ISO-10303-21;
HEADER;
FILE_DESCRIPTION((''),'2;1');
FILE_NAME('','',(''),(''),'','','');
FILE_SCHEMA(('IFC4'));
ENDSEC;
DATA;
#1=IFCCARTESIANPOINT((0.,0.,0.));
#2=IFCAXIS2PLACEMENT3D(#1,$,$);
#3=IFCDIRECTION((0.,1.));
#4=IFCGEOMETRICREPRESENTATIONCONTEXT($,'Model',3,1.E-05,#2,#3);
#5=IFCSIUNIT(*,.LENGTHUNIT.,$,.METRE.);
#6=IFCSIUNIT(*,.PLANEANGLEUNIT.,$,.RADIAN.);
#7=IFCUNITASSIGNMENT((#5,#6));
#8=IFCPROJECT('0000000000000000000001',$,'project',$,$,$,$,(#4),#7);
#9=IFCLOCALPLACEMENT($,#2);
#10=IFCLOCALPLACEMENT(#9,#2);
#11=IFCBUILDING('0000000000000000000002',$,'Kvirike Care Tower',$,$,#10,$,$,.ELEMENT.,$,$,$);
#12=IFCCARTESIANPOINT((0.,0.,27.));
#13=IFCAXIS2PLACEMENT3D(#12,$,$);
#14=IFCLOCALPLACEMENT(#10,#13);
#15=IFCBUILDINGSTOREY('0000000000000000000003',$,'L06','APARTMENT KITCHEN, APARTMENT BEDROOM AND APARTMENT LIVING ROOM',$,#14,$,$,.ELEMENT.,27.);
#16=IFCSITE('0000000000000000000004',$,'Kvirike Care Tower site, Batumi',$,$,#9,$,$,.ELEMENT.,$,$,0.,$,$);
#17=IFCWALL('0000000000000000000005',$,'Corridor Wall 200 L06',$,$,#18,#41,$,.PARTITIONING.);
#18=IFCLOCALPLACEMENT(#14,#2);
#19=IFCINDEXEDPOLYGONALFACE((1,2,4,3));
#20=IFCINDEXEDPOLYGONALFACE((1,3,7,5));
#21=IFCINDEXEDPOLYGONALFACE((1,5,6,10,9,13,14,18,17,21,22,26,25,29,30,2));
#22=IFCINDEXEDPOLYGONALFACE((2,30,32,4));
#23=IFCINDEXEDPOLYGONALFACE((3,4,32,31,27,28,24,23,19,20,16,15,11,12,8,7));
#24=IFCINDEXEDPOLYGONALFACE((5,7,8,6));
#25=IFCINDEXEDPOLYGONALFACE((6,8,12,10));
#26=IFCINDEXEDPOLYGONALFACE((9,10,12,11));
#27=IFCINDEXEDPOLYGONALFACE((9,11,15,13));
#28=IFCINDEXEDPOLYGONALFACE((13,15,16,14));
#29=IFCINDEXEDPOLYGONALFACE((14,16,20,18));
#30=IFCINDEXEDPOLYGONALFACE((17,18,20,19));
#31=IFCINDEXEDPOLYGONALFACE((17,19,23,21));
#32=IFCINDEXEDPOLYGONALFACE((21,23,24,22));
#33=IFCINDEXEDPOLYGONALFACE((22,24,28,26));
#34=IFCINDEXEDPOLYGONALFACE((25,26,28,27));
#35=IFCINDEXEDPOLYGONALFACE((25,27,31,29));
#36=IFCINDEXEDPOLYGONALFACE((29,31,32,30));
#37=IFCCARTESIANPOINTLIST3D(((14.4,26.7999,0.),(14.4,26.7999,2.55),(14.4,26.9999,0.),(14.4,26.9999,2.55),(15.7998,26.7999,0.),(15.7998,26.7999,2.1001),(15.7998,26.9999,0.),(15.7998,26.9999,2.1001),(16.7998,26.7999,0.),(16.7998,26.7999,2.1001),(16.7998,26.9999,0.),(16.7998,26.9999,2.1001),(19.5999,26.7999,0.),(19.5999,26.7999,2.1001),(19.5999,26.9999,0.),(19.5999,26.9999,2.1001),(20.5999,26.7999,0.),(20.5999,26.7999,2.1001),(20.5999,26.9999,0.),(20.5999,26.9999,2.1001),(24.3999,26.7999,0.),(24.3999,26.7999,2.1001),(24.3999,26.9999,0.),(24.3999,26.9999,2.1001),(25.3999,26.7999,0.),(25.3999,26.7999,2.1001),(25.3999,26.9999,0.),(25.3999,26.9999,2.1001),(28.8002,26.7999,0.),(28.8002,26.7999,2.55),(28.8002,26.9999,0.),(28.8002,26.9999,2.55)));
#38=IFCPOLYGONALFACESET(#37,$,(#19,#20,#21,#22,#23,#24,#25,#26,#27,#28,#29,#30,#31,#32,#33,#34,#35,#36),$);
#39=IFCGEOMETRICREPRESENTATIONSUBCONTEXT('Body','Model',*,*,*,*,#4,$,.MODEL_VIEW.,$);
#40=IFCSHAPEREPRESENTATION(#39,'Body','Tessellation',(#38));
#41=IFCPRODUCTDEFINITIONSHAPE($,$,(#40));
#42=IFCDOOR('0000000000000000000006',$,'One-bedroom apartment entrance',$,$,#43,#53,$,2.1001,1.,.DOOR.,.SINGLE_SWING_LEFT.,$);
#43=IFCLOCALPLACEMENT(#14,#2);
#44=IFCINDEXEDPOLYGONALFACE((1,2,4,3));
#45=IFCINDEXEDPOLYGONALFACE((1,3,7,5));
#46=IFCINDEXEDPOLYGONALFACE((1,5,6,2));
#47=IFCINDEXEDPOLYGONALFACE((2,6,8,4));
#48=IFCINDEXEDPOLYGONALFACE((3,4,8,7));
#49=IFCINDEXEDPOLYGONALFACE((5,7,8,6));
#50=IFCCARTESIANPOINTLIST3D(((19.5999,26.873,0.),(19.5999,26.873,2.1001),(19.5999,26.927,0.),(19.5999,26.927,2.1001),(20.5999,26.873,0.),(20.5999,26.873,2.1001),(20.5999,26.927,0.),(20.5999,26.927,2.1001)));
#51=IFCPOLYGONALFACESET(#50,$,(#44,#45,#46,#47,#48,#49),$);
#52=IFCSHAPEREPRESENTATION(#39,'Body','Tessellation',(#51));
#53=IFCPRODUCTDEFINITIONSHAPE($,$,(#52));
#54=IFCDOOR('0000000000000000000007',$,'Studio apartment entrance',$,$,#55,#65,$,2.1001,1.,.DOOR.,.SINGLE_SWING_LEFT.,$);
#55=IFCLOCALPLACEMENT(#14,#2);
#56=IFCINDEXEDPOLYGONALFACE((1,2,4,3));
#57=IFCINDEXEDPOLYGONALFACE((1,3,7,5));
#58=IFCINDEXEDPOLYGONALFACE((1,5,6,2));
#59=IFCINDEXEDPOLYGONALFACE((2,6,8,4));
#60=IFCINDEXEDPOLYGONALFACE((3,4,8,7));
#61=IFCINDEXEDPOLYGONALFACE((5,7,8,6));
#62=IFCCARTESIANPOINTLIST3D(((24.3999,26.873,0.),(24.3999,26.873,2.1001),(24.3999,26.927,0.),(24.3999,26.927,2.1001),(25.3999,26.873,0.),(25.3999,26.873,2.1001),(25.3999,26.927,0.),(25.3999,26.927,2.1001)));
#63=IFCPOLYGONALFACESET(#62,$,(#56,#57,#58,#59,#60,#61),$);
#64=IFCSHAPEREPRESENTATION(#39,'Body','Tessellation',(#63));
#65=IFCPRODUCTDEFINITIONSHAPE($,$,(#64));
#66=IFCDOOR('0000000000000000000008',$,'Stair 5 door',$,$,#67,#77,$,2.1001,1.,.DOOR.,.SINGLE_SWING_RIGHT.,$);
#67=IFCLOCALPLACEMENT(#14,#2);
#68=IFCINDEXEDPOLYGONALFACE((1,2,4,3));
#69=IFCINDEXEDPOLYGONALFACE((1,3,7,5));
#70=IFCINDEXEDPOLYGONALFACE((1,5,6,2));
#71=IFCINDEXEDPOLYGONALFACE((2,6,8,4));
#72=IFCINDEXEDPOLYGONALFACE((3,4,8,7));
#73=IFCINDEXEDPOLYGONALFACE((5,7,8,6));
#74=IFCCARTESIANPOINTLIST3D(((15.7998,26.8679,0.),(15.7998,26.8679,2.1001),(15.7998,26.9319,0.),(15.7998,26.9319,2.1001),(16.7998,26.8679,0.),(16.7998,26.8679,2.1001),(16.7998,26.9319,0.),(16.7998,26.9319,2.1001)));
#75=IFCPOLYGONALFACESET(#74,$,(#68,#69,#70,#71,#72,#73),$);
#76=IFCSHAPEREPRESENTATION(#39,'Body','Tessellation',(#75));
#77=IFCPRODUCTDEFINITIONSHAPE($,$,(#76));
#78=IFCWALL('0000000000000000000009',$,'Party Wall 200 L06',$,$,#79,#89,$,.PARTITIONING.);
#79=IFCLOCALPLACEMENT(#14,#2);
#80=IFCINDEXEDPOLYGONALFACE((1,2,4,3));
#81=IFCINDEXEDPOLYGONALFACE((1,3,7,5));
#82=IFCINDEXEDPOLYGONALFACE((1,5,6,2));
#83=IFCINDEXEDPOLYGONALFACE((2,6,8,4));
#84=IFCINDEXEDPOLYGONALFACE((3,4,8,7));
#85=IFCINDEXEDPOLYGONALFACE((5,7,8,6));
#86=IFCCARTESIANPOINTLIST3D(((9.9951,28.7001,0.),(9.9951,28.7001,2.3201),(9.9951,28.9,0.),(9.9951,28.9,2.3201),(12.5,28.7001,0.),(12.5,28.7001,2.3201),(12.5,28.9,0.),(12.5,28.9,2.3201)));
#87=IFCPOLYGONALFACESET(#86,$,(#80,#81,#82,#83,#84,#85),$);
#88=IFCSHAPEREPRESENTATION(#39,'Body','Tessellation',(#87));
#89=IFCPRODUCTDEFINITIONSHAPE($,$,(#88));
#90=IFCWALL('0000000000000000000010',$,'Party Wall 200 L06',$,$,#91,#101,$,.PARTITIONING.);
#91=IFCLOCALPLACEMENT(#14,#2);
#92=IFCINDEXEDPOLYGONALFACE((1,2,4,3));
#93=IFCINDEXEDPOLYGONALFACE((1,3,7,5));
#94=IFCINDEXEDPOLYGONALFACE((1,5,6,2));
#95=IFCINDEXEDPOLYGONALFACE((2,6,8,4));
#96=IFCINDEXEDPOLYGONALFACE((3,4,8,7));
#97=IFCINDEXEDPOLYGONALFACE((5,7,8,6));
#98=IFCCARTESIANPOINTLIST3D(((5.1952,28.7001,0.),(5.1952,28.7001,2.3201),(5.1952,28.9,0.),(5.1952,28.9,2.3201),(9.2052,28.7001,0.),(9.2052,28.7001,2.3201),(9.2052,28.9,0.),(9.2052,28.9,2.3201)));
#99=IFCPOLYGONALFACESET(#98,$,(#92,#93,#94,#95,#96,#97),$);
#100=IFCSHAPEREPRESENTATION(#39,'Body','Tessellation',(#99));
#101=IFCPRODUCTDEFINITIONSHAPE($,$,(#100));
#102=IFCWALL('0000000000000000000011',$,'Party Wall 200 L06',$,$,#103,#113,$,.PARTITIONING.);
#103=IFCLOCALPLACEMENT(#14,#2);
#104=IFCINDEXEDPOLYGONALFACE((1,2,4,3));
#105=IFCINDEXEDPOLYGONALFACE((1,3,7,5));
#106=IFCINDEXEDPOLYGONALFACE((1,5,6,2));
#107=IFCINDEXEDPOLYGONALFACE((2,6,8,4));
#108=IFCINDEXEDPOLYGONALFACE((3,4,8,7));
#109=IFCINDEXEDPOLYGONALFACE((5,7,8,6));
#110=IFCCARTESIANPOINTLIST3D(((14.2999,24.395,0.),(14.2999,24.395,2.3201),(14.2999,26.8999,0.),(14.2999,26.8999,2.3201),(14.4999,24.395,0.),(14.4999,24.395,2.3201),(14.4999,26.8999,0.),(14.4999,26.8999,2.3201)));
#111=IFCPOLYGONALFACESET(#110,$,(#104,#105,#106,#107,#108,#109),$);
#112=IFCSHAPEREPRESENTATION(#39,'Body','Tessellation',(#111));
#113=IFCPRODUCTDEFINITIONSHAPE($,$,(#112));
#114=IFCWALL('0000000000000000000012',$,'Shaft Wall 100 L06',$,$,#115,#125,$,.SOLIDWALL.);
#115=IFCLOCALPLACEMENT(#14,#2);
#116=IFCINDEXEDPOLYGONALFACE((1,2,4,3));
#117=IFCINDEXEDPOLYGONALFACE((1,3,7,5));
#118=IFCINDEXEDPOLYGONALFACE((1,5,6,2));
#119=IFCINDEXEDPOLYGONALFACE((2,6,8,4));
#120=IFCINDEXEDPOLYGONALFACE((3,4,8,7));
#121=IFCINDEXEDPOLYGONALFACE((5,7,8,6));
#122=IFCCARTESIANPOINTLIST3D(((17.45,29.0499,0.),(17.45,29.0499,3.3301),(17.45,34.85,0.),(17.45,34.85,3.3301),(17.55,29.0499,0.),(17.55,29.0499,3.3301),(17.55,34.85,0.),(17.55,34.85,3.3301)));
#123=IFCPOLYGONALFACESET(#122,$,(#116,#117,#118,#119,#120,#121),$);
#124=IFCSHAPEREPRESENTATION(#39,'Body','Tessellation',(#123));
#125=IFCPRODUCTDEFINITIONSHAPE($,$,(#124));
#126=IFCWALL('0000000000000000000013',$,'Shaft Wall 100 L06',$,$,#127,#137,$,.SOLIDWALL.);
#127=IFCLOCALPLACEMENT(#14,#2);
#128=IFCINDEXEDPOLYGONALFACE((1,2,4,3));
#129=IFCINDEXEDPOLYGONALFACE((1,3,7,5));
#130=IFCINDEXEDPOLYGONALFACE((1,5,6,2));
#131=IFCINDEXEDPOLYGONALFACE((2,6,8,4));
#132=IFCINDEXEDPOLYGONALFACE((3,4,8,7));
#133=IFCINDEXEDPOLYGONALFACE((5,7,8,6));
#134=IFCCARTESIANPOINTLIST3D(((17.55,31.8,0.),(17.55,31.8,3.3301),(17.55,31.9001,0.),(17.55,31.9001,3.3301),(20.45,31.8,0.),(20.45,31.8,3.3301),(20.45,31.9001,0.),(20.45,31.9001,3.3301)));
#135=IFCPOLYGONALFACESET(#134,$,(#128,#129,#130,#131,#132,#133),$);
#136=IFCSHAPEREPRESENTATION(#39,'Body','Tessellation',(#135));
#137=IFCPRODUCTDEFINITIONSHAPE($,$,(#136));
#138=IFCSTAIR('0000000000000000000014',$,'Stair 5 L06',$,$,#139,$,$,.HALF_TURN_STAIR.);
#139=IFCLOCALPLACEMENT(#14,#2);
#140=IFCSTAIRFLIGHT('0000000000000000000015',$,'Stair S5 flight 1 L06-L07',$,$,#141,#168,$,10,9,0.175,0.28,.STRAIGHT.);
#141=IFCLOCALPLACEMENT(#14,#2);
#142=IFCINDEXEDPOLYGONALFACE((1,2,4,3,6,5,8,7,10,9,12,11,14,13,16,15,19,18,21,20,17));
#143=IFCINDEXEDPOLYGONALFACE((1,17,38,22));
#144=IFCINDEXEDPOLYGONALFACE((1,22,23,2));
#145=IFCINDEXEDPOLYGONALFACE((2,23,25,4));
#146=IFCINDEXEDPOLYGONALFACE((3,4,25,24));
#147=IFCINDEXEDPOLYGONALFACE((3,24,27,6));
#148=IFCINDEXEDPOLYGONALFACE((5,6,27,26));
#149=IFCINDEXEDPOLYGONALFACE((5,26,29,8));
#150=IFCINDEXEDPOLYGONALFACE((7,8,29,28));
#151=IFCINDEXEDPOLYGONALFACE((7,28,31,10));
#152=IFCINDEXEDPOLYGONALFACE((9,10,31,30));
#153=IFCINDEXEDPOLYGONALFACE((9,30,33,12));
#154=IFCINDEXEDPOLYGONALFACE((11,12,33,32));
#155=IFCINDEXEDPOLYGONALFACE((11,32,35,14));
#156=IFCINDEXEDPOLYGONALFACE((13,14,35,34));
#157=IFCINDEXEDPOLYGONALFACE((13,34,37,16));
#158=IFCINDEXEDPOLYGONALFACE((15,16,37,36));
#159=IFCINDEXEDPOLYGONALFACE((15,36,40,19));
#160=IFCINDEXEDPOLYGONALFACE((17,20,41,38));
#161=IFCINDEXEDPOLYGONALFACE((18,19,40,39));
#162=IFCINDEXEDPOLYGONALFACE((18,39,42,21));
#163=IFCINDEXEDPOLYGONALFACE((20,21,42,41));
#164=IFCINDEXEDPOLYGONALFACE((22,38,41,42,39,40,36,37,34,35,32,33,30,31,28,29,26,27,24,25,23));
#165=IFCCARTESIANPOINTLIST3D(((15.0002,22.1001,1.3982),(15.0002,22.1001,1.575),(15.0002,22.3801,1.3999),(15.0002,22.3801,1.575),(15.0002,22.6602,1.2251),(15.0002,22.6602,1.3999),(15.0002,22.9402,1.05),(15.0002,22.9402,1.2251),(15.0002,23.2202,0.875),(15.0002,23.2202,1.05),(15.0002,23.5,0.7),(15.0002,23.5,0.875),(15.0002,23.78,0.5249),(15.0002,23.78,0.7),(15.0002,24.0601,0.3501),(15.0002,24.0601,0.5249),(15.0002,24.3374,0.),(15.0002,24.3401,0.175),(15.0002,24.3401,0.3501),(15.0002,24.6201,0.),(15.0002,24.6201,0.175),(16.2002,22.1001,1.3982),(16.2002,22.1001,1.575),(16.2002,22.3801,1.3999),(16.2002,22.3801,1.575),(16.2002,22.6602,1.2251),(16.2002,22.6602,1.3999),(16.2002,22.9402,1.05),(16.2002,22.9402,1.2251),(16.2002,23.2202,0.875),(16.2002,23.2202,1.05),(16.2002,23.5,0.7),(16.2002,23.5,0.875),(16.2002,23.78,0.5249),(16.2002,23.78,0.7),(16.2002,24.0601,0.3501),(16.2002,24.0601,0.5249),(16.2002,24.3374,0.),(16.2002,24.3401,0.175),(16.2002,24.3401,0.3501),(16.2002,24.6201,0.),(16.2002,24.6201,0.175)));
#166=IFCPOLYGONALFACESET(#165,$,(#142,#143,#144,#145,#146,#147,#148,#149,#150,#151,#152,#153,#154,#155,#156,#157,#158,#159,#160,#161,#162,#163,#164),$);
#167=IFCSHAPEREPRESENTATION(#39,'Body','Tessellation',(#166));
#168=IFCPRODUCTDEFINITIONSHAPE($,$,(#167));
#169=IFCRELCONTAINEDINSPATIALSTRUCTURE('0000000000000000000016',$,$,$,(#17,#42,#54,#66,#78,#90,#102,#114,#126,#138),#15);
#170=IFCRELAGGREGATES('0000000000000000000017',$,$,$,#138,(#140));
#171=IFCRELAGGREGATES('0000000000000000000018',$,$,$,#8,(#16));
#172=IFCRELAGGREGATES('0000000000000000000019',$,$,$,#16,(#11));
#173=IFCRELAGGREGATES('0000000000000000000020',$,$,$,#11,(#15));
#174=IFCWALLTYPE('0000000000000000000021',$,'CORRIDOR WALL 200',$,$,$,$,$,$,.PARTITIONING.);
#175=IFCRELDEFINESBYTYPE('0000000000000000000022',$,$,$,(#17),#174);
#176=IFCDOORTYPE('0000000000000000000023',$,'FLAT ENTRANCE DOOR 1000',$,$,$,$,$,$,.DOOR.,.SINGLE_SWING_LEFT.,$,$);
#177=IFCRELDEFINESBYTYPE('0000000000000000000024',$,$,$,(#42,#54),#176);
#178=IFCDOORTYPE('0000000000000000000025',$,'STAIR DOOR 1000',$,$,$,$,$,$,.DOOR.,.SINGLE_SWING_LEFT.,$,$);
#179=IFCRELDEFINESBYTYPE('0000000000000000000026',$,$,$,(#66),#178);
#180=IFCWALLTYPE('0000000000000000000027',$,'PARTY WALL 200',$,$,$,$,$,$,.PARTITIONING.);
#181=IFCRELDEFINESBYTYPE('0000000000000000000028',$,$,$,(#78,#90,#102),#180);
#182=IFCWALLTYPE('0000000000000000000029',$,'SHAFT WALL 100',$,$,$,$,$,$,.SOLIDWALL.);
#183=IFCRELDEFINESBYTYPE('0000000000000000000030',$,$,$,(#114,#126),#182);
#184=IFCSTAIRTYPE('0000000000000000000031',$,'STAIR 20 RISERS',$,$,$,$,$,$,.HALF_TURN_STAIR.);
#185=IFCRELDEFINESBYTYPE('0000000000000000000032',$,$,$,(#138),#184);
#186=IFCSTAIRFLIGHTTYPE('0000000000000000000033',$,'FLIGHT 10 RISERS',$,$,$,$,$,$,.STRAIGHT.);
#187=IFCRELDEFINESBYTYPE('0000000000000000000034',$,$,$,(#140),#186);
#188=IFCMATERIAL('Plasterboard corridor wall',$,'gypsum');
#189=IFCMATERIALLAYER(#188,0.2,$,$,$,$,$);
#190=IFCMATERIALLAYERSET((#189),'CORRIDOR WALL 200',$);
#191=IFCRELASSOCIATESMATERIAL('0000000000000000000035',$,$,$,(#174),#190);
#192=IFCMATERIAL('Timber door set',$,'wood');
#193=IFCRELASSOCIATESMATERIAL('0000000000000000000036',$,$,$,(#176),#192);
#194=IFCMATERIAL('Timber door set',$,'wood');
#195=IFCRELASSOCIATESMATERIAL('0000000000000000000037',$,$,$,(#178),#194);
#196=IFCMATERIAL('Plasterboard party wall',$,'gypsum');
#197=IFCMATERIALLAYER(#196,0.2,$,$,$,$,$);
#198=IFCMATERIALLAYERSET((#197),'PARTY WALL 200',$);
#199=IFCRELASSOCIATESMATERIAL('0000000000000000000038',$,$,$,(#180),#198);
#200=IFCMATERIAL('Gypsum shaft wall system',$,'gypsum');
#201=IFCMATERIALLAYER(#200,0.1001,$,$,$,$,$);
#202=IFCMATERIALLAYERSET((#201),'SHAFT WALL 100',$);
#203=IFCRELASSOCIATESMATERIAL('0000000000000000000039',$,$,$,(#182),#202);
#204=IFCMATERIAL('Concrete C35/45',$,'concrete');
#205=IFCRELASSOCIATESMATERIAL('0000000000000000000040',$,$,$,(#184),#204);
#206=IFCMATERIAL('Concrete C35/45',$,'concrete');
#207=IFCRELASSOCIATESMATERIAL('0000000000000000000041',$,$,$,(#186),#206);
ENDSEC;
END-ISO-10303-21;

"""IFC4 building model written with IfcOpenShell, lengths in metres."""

from ifc_helpers import new_model, si_unit, direction, frame, frame_2d, origin, place, context, subcontext, project, spatial, polyline, rectangle, outline, extrude, material, layer, layer_set, type_object, element, fill, aggregate, save


model = new_model("IFC4")

# Units and contexts
model_context = context("Model", 3, precision=1e-05, world=origin(), true_north=direction((0.0, 1.0)))
body_context = subcontext(model_context, "Body", "Model", "MODEL_VIEW")
ifc_project = project(units=[si_unit("LENGTHUNIT", "METRE"), si_unit("PLANEANGLEUNIT", "RADIAN")], contexts=[model_context])

# Site, building, storey
site_placement = place(None, origin())
site = spatial("IfcSite", under=ifc_project, at=site_placement, Name="Kvirike Care Tower site, Batumi", CompositionType="ELEMENT", RefElevation=0.0)
building_placement = place(site_placement, origin())
building = spatial("IfcBuilding", under=site, at=building_placement, Name="Kvirike Care Tower", CompositionType="ELEMENT")
storey_placement = place(building_placement, frame((0.0, 0.0, 27.0)))
storey = spatial("IfcBuildingStorey", under=building, at=storey_placement, Name="L06", Description="APARTMENT KITCHEN, APARTMENT BEDROOM AND APARTMENT LIVING ROOM", CompositionType="ELEMENT", Elevation=27.0)

# Wall, openings, doors
ifc_material_1 = material(Name="Plasterboard corridor wall", Category="gypsum")
ifc_layer_1 = layer(ifc_material_1, 0.2)
ifc_layer_set_1 = layer_set([ifc_layer_1], Name="CORRIDOR WALL 200")
wall_type_1 = type_object("IfcWallType", Name="CORRIDOR WALL 200", PredefinedType="PARTITIONING", material=ifc_layer_set_1)
wall_1_placement = place(storey_placement, frame((14.3999, 26.8999, 0.0), z_axis=(0.0, 0.0, 1.0), x_axis=(1.0, 0.0, 0.0)))
wall_1 = element("IfcWall", 1, at=wall_1_placement, inside=storey, type_object=wall_type_1, Name="Corridor Wall 200 L06", PredefinedType="PARTITIONING", context=body_context, shape_type="SweptSolid", body=[
    extrude(rectangle(XDim=14.4001, YDim=0.2, at=frame_2d((7.2002, 0.0))), origin(), (0.0, 0.0, 1.0), 2.55),
])
opening_1_placement = place(wall_1_placement, frame((1.3999, 0.0, 0.0)))
opening_1 = element("IfcOpeningElement", 2, at=opening_1_placement, cuts=wall_1, PredefinedType="OPENING", context=body_context, shape_type="SweptSolid", body=[
    extrude(rectangle(XDim=1.0, YDim=2.1001, at=frame_2d((0.5, 1.05))), frame((0.0, 0.1106, 0.0), z_axis=(0.0, -1.0, 0.0), x_axis=(1.0, 0.0, 0.0)), (0.0, 0.0, 1.0), 0.2209),
])
opening_2_placement = place(wall_1_placement, frame((5.2, 0.0, 0.0)))
opening_2 = element("IfcOpeningElement", 3, at=opening_2_placement, cuts=wall_1, PredefinedType="OPENING", context=body_context, shape_type="SweptSolid", body=[
    extrude(rectangle(XDim=1.0, YDim=2.1001, at=frame_2d((0.5, 1.05))), frame((0.0, 0.1106, 0.0), z_axis=(0.0, -1.0, 0.0), x_axis=(1.0, 0.0, 0.0)), (0.0, 0.0, 1.0), 0.2209),
])
opening_3_placement = place(wall_1_placement, frame((10.0, 0.0, 0.0)))
opening_3 = element("IfcOpeningElement", 4, at=opening_3_placement, cuts=wall_1, PredefinedType="OPENING", context=body_context, shape_type="SweptSolid", body=[
    extrude(rectangle(XDim=1.0, YDim=2.1001, at=frame_2d((0.5, 1.05))), frame((0.0, 0.1106, 0.0), z_axis=(0.0, -1.0, 0.0), x_axis=(1.0, 0.0, 0.0)), (0.0, 0.0, 1.0), 0.2209),
])
ifc_material_2 = material(Name="Timber door set", Category="wood")
door_type_1 = type_object("IfcDoorType", Name="FLAT ENTRANCE DOOR 1000", OperationType="SINGLE_SWING_LEFT", PredefinedType="DOOR", material=ifc_material_2)
door_1_placement = place(opening_2_placement, frame((1.0, 0.0, 0.0), z_axis=(0.0, 0.0, 1.0), x_axis=(-1.0, 0.0, 0.0)))
door_1 = element("IfcDoor", 5, at=door_1_placement, inside=storey, type_object=door_type_1, Name="One-bedroom apartment entrance", OperationType="SINGLE_SWING_LEFT", OverallHeight=2.1001, OverallWidth=1.0, PredefinedType="DOOR", context=body_context, shape_type="SweptSolid", body=[
    extrude(rectangle(XDim=1.0, YDim=2.1001, at=frame_2d((0.5, 1.05))), frame((0.0, 0.0269, 0.0), z_axis=(0.0, -1.0, 0.0), x_axis=(1.0, 0.0, 0.0)), (0.0, 0.0, 1.0), 0.054),
])
fill(opening_2, door_1)
door_2_placement = place(opening_3_placement, frame((1.0, 0.0, 0.0), z_axis=(0.0, 0.0, 1.0), x_axis=(-1.0, 0.0, 0.0)))
door_2 = element("IfcDoor", 6, at=door_2_placement, inside=storey, type_object=door_type_1, Name="Studio apartment entrance", OperationType="SINGLE_SWING_LEFT", OverallHeight=2.1001, OverallWidth=1.0, PredefinedType="DOOR", context=body_context, shape_type="SweptSolid", body=[
    extrude(rectangle(XDim=1.0, YDim=2.1001, at=frame_2d((0.5, 1.05))), frame((0.0, 0.0269, 0.0), z_axis=(0.0, -1.0, 0.0), x_axis=(1.0, 0.0, 0.0)), (0.0, 0.0, 1.0), 0.054),
])
fill(opening_3, door_2)
ifc_material_3 = material(Name="Timber door set", Category="wood")
door_type_2 = type_object("IfcDoorType", Name="STAIR DOOR 1000", OperationType="SINGLE_SWING_LEFT", PredefinedType="DOOR", material=ifc_material_3)
door_3_placement = place(opening_1_placement, frame((1.0, 0.0, 0.0), z_axis=(0.0, 0.0, 1.0), x_axis=(-1.0, 0.0, 0.0)))
door_3 = element("IfcDoor", 7, at=door_3_placement, inside=storey, type_object=door_type_2, Name="Stair 5 door", OperationType="SINGLE_SWING_RIGHT", OverallHeight=2.1001, OverallWidth=1.0, PredefinedType="DOOR", context=body_context, shape_type="SweptSolid", body=[
    extrude(rectangle(XDim=1.0, YDim=2.1001, at=frame_2d((0.5, 1.05))), frame((0.0, 0.032, 0.0), z_axis=(0.0, -1.0, 0.0), x_axis=(1.0, 0.0, 0.0)), (0.0, 0.0, 1.0), 0.064),
])
fill(opening_1, door_3)

# Walls
ifc_material_4 = material(Name="Plasterboard party wall", Category="gypsum")
ifc_layer_2 = layer(ifc_material_4, 0.2)
ifc_layer_set_2 = layer_set([ifc_layer_2], Name="PARTY WALL 200")
wall_type_2 = type_object("IfcWallType", Name="PARTY WALL 200", PredefinedType="PARTITIONING", material=ifc_layer_set_2)
wall_2_placement = place(storey_placement, frame((12.5, 28.8, 0.0), z_axis=(0.0, 0.0, 1.0), x_axis=(-1.0, 0.0, 0.0)))
element("IfcWall", 8, at=wall_2_placement, inside=storey, type_object=wall_type_2, Name="Party Wall 200 L06", PredefinedType="PARTITIONING", context=body_context, shape_type="SweptSolid", body=[
    extrude(rectangle(XDim=2.5049, YDim=0.2, at=frame_2d((1.2524, 0.0))), origin(), (0.0, 0.0, 1.0), 2.3201),
])
wall_3_placement = place(storey_placement, frame((9.2051, 28.8, 0.0), z_axis=(0.0, 0.0, 1.0), x_axis=(-1.0, 0.0, 0.0)))
element("IfcWall", 9, at=wall_3_placement, inside=storey, type_object=wall_type_2, Name="Party Wall 200 L06", PredefinedType="PARTITIONING", context=body_context, shape_type="SweptSolid", body=[
    extrude(rectangle(XDim=4.01, YDim=0.2, at=frame_2d((2.0049, 0.0))), origin(), (0.0, 0.0, 1.0), 2.3201),
])
wall_4_placement = place(storey_placement, frame((14.3999, 24.395, 0.0), z_axis=(0.0, 0.0, 1.0), x_axis=(0.0, 1.0, 0.0)))
element("IfcWall", 10, at=wall_4_placement, inside=storey, type_object=wall_type_2, Name="Party Wall 200 L06", PredefinedType="PARTITIONING", context=body_context, shape_type="SweptSolid", body=[
    extrude(rectangle(XDim=2.5049, YDim=0.2, at=frame_2d((1.2524, 0.0))), origin(), (0.0, 0.0, 1.0), 2.3201),
])
ifc_material_5 = material(Name="Gypsum shaft wall system", Category="gypsum")
ifc_layer_3 = layer(ifc_material_5, 0.1001)
ifc_layer_set_3 = layer_set([ifc_layer_3], Name="SHAFT WALL 100")
wall_type_3 = type_object("IfcWallType", Name="SHAFT WALL 100", PredefinedType="SOLIDWALL", material=ifc_layer_set_3)
wall_5_placement = place(storey_placement, frame((17.5, 29.05, 0.0), z_axis=(0.0, 0.0, 1.0), x_axis=(0.0, 1.0, 0.0)))
element("IfcWall", 11, at=wall_5_placement, inside=storey, type_object=wall_type_3, Name="Shaft Wall 100 L06", PredefinedType="SOLIDWALL", context=body_context, shape_type="SweptSolid", body=[
    extrude(rectangle(XDim=5.8, YDim=0.1001, at=frame_2d((2.8999, 0.0))), origin(), (0.0, 0.0, 1.0), 3.3301),
])
wall_6_placement = place(storey_placement, frame((17.55, 31.8501, 0.0), z_axis=(0.0, 0.0, 1.0), x_axis=(1.0, 0.0, 0.0)))
element("IfcWall", 12, at=wall_6_placement, inside=storey, type_object=wall_type_3, Name="Shaft Wall 100 L06", PredefinedType="SOLIDWALL", context=body_context, shape_type="SweptSolid", body=[
    extrude(rectangle(XDim=2.8999, YDim=0.1001, at=frame_2d((1.45, 0.0))), origin(), (0.0, 0.0, 1.0), 3.3301),
])

# Stair, stair flight
ifc_material_6 = material(Name="Concrete C35/45", Category="concrete")
stair_type = type_object("IfcStairType", Name="STAIR 20 RISERS", PredefinedType="HALF_TURN_STAIR", material=ifc_material_6)
stair_placement = place(storey_placement, origin())
stair = element("IfcStair", 13, at=stair_placement, inside=storey, type_object=stair_type, Name="Stair 5 L06", PredefinedType="HALF_TURN_STAIR")
ifc_material_7 = material(Name="Concrete C35/45", Category="concrete")
stair_flight_type = type_object("IfcStairFlightType", Name="FLIGHT 10 RISERS", PredefinedType="STRAIGHT", material=ifc_material_7)
stair_flight_placement = place(storey_placement, frame((15.6001, 24.6201, 0.0), z_axis=(0.0, 0.0, 1.0), x_axis=(0.0, -1.0, 0.0)))
stair_flight = element("IfcStairFlight", 14, at=stair_flight_placement, type_object=stair_flight_type, Name="Stair S5 flight 1 L06-L07", NumberOfRisers=10, NumberOfTreads=9, PredefinedType="STRAIGHT", RiserHeight=0.175, TreadLength=0.28, context=body_context, shape_type="SweptSolid", body=[
    extrude(outline(polyline([(0.0, 0.0), (0.0, 0.175), (0.28, 0.175), (0.28, 0.3501), (0.5601, 0.3501), (0.5601, 0.5249), (0.8401, 0.5249), (0.8401, 0.7), (1.1201, 0.7), (1.1201, 0.875), (1.3999, 0.875), (1.3999, 1.05), (1.6799, 1.05), (1.6799, 1.2251), (1.96, 1.2251), (1.96, 1.3999), (2.24, 1.3999), (2.24, 1.575), (2.52, 1.575), (2.52, 1.75), (2.52, 1.3982), (0.2827, 0.0), (0.0, 0.0)])), frame((0.0, 0.6001, 0.0), z_axis=(0.0, -1.0, 0.0), x_axis=(1.0, 0.0, 0.0)), (0.0, 0.0, 1.0), 1.2),
])
aggregate(stair, [stair_flight])

save(model, "model.ifc")
